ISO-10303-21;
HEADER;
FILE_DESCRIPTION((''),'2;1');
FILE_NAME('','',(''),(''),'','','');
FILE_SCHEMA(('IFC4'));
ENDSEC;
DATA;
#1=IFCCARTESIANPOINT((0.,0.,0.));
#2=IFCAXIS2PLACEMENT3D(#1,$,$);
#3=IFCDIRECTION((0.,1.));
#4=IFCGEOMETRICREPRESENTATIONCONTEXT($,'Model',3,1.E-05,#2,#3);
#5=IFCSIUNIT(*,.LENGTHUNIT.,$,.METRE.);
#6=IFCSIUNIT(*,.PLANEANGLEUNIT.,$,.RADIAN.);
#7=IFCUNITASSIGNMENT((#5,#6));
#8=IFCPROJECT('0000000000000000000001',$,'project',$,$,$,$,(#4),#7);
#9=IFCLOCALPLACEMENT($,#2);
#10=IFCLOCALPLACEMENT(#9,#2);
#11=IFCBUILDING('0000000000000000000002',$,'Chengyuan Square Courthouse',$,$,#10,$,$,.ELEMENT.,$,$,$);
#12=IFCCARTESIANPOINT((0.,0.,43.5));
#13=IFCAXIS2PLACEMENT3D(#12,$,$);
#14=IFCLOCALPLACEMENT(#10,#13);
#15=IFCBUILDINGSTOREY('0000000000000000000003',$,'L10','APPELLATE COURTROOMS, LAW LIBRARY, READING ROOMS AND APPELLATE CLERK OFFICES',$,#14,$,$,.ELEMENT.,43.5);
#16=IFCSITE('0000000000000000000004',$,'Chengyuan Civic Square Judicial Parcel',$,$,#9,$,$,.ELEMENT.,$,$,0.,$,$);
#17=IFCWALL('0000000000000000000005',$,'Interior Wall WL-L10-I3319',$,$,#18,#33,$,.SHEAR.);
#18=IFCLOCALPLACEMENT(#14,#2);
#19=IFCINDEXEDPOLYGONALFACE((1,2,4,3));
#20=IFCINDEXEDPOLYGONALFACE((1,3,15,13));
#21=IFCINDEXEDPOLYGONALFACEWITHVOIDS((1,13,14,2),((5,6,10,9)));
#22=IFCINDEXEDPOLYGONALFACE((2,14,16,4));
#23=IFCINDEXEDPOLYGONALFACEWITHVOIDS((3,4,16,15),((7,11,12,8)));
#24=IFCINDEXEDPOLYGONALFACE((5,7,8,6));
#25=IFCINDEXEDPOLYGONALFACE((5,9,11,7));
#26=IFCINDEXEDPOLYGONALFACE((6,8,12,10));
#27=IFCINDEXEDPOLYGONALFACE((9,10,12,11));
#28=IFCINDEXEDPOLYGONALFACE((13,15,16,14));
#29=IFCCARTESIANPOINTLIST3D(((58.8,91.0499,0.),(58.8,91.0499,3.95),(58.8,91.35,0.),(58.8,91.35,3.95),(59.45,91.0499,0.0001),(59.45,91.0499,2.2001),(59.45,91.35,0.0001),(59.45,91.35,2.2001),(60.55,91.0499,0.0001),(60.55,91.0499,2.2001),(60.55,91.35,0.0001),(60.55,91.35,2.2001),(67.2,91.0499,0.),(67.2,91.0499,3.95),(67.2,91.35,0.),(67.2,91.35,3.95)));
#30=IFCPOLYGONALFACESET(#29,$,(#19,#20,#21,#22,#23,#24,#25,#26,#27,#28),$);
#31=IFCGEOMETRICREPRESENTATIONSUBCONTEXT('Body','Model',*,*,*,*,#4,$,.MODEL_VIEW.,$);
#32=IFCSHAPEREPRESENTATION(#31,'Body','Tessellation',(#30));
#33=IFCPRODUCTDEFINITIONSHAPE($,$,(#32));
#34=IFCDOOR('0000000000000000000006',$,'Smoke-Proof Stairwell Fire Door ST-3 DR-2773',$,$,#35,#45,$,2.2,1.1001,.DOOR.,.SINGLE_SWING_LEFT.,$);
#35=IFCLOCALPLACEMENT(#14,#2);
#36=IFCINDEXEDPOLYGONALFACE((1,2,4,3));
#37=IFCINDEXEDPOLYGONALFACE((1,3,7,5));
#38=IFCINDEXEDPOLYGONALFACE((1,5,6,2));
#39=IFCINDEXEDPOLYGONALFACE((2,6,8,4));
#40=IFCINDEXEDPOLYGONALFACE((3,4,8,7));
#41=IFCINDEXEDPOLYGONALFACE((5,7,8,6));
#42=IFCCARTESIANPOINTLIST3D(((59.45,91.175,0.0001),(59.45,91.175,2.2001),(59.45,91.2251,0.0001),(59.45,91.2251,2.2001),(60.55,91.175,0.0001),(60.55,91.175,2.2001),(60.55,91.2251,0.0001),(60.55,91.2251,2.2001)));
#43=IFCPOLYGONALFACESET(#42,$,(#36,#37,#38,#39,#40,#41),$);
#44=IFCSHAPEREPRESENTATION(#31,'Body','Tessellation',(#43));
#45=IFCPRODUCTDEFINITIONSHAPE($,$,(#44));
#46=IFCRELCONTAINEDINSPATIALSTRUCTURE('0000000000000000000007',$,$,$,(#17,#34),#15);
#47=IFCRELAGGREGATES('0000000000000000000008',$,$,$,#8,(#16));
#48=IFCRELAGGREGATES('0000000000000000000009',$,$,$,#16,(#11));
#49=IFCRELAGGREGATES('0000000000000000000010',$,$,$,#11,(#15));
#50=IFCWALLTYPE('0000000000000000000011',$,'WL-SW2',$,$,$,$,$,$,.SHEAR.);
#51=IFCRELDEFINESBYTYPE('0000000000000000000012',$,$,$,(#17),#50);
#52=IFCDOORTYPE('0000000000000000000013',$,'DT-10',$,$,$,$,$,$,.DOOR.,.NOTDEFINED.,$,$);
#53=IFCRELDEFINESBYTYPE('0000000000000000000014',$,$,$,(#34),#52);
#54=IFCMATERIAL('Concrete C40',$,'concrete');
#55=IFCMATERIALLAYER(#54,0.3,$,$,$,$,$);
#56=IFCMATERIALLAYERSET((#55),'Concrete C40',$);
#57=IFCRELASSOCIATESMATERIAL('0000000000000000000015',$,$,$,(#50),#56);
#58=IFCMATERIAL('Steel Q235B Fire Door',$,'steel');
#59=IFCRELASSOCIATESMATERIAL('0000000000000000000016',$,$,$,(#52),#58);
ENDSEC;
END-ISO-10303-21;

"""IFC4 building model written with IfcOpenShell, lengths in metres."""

from ifc_helpers import new_model, si_unit, direction, frame, frame_2d, origin, place, context, subcontext, project, spatial, rectangle, extrude, material, layer, layer_set, type_object, element, fill, save


model = new_model("IFC4")

# Units and contexts
model_context = context("Model", 3, precision=1e-05, world=origin(), true_north=direction((0.0, 1.0)))
body_context = subcontext(model_context, "Body", "Model", "MODEL_VIEW")
ifc_project = project(units=[si_unit("LENGTHUNIT", "METRE"), si_unit("PLANEANGLEUNIT", "RADIAN")], contexts=[model_context])

# Site, building, storey
site_placement = place(None, origin())
site = spatial("IfcSite", under=ifc_project, at=site_placement, Name="Chengyuan Civic Square Judicial Parcel", CompositionType="ELEMENT", RefElevation=0.0)
building_placement = place(site_placement, origin())
building = spatial("IfcBuilding", under=site, at=building_placement, Name="Chengyuan Square Courthouse", CompositionType="ELEMENT")
storey_placement = place(building_placement, frame((0.0, 0.0, 43.5)))
storey = spatial("IfcBuildingStorey", under=building, at=storey_placement, Name="L10", Description="APPELLATE COURTROOMS, LAW LIBRARY, READING ROOMS AND APPELLATE CLERK OFFICES", CompositionType="ELEMENT", Elevation=43.5)

# Shared definitions
ifc_material_1 = material(Name="Concrete C40", Category="concrete")

# Shared definitions
ifc_material_2 = material(Name="Steel Q235B Fire Door", Category="steel")

# Wall, opening, door
ifc_layer_1 = layer(ifc_material_1, 0.3)
ifc_layer_set_1 = layer_set([ifc_layer_1], Name="Concrete C40")
wall_type_1 = type_object("IfcWallType", Name="WL-SW2", PredefinedType="SHEAR", material=ifc_layer_set_1)
wall_1_placement = place(storey_placement, frame((58.8, 91.2, 0.0), z_axis=(0.0, 0.0, 1.0), x_axis=(1.0, 0.0, 0.0)))
wall_1 = element("IfcWall", 1, at=wall_1_placement, inside=storey, type_object=wall_type_1, Name="Interior Wall WL-L10-I3319", PredefinedType="SHEAR", context=body_context, shape_type="SweptSolid", body=[
    extrude(rectangle(XDim=8.3999, YDim=0.3, at=frame_2d((4.2, 0.0))), origin(), (0.0, 0.0, 1.0), 3.95),
])
opening_1_placement = place(wall_1_placement, frame((0.6499, 0.0, 0.0)))
opening_1 = element("IfcOpeningElement", 2, at=opening_1_placement, cuts=wall_1, PredefinedType="OPENING", context=body_context, shape_type="SweptSolid", body=[
    extrude(rectangle(XDim=1.1001, YDim=2.2, at=frame_2d((0.55, 1.1001))), frame((0.0, 0.1621, 0.0), z_axis=(0.0, -1.0, 0.0), x_axis=(1.0, 0.0, 0.0)), (0.0, 0.0, 1.0), 0.324),
])
door_type_1 = type_object("IfcDoorType", Name="DT-10", OperationType="NOTDEFINED", PredefinedType="DOOR", material=ifc_material_2)
door_1_placement = place(opening_1_placement, frame((1.1001, 0.0, 0.0), z_axis=(0.0, 0.0, 1.0), x_axis=(-1.0, 0.0, 0.0)))
door_1 = element("IfcDoor", 3, at=door_1_placement, inside=storey, type_object=door_type_1, Name="Smoke-Proof Stairwell Fire Door ST-3 DR-2773", OperationType="SINGLE_SWING_LEFT", OverallHeight=2.2, OverallWidth=1.1001, PredefinedType="DOOR", context=body_context, shape_type="SweptSolid", body=[
    extrude(rectangle(XDim=1.1001, YDim=2.2, at=frame_2d((0.55, 1.1001))), frame((0.0, 0.0249, 0.0), z_axis=(0.0, -1.0, 0.0), x_axis=(1.0, 0.0, 0.0)), (0.0, 0.0, 1.0), 0.05),
])
fill(opening_1, door_1)

save(model, "model.ifc")
